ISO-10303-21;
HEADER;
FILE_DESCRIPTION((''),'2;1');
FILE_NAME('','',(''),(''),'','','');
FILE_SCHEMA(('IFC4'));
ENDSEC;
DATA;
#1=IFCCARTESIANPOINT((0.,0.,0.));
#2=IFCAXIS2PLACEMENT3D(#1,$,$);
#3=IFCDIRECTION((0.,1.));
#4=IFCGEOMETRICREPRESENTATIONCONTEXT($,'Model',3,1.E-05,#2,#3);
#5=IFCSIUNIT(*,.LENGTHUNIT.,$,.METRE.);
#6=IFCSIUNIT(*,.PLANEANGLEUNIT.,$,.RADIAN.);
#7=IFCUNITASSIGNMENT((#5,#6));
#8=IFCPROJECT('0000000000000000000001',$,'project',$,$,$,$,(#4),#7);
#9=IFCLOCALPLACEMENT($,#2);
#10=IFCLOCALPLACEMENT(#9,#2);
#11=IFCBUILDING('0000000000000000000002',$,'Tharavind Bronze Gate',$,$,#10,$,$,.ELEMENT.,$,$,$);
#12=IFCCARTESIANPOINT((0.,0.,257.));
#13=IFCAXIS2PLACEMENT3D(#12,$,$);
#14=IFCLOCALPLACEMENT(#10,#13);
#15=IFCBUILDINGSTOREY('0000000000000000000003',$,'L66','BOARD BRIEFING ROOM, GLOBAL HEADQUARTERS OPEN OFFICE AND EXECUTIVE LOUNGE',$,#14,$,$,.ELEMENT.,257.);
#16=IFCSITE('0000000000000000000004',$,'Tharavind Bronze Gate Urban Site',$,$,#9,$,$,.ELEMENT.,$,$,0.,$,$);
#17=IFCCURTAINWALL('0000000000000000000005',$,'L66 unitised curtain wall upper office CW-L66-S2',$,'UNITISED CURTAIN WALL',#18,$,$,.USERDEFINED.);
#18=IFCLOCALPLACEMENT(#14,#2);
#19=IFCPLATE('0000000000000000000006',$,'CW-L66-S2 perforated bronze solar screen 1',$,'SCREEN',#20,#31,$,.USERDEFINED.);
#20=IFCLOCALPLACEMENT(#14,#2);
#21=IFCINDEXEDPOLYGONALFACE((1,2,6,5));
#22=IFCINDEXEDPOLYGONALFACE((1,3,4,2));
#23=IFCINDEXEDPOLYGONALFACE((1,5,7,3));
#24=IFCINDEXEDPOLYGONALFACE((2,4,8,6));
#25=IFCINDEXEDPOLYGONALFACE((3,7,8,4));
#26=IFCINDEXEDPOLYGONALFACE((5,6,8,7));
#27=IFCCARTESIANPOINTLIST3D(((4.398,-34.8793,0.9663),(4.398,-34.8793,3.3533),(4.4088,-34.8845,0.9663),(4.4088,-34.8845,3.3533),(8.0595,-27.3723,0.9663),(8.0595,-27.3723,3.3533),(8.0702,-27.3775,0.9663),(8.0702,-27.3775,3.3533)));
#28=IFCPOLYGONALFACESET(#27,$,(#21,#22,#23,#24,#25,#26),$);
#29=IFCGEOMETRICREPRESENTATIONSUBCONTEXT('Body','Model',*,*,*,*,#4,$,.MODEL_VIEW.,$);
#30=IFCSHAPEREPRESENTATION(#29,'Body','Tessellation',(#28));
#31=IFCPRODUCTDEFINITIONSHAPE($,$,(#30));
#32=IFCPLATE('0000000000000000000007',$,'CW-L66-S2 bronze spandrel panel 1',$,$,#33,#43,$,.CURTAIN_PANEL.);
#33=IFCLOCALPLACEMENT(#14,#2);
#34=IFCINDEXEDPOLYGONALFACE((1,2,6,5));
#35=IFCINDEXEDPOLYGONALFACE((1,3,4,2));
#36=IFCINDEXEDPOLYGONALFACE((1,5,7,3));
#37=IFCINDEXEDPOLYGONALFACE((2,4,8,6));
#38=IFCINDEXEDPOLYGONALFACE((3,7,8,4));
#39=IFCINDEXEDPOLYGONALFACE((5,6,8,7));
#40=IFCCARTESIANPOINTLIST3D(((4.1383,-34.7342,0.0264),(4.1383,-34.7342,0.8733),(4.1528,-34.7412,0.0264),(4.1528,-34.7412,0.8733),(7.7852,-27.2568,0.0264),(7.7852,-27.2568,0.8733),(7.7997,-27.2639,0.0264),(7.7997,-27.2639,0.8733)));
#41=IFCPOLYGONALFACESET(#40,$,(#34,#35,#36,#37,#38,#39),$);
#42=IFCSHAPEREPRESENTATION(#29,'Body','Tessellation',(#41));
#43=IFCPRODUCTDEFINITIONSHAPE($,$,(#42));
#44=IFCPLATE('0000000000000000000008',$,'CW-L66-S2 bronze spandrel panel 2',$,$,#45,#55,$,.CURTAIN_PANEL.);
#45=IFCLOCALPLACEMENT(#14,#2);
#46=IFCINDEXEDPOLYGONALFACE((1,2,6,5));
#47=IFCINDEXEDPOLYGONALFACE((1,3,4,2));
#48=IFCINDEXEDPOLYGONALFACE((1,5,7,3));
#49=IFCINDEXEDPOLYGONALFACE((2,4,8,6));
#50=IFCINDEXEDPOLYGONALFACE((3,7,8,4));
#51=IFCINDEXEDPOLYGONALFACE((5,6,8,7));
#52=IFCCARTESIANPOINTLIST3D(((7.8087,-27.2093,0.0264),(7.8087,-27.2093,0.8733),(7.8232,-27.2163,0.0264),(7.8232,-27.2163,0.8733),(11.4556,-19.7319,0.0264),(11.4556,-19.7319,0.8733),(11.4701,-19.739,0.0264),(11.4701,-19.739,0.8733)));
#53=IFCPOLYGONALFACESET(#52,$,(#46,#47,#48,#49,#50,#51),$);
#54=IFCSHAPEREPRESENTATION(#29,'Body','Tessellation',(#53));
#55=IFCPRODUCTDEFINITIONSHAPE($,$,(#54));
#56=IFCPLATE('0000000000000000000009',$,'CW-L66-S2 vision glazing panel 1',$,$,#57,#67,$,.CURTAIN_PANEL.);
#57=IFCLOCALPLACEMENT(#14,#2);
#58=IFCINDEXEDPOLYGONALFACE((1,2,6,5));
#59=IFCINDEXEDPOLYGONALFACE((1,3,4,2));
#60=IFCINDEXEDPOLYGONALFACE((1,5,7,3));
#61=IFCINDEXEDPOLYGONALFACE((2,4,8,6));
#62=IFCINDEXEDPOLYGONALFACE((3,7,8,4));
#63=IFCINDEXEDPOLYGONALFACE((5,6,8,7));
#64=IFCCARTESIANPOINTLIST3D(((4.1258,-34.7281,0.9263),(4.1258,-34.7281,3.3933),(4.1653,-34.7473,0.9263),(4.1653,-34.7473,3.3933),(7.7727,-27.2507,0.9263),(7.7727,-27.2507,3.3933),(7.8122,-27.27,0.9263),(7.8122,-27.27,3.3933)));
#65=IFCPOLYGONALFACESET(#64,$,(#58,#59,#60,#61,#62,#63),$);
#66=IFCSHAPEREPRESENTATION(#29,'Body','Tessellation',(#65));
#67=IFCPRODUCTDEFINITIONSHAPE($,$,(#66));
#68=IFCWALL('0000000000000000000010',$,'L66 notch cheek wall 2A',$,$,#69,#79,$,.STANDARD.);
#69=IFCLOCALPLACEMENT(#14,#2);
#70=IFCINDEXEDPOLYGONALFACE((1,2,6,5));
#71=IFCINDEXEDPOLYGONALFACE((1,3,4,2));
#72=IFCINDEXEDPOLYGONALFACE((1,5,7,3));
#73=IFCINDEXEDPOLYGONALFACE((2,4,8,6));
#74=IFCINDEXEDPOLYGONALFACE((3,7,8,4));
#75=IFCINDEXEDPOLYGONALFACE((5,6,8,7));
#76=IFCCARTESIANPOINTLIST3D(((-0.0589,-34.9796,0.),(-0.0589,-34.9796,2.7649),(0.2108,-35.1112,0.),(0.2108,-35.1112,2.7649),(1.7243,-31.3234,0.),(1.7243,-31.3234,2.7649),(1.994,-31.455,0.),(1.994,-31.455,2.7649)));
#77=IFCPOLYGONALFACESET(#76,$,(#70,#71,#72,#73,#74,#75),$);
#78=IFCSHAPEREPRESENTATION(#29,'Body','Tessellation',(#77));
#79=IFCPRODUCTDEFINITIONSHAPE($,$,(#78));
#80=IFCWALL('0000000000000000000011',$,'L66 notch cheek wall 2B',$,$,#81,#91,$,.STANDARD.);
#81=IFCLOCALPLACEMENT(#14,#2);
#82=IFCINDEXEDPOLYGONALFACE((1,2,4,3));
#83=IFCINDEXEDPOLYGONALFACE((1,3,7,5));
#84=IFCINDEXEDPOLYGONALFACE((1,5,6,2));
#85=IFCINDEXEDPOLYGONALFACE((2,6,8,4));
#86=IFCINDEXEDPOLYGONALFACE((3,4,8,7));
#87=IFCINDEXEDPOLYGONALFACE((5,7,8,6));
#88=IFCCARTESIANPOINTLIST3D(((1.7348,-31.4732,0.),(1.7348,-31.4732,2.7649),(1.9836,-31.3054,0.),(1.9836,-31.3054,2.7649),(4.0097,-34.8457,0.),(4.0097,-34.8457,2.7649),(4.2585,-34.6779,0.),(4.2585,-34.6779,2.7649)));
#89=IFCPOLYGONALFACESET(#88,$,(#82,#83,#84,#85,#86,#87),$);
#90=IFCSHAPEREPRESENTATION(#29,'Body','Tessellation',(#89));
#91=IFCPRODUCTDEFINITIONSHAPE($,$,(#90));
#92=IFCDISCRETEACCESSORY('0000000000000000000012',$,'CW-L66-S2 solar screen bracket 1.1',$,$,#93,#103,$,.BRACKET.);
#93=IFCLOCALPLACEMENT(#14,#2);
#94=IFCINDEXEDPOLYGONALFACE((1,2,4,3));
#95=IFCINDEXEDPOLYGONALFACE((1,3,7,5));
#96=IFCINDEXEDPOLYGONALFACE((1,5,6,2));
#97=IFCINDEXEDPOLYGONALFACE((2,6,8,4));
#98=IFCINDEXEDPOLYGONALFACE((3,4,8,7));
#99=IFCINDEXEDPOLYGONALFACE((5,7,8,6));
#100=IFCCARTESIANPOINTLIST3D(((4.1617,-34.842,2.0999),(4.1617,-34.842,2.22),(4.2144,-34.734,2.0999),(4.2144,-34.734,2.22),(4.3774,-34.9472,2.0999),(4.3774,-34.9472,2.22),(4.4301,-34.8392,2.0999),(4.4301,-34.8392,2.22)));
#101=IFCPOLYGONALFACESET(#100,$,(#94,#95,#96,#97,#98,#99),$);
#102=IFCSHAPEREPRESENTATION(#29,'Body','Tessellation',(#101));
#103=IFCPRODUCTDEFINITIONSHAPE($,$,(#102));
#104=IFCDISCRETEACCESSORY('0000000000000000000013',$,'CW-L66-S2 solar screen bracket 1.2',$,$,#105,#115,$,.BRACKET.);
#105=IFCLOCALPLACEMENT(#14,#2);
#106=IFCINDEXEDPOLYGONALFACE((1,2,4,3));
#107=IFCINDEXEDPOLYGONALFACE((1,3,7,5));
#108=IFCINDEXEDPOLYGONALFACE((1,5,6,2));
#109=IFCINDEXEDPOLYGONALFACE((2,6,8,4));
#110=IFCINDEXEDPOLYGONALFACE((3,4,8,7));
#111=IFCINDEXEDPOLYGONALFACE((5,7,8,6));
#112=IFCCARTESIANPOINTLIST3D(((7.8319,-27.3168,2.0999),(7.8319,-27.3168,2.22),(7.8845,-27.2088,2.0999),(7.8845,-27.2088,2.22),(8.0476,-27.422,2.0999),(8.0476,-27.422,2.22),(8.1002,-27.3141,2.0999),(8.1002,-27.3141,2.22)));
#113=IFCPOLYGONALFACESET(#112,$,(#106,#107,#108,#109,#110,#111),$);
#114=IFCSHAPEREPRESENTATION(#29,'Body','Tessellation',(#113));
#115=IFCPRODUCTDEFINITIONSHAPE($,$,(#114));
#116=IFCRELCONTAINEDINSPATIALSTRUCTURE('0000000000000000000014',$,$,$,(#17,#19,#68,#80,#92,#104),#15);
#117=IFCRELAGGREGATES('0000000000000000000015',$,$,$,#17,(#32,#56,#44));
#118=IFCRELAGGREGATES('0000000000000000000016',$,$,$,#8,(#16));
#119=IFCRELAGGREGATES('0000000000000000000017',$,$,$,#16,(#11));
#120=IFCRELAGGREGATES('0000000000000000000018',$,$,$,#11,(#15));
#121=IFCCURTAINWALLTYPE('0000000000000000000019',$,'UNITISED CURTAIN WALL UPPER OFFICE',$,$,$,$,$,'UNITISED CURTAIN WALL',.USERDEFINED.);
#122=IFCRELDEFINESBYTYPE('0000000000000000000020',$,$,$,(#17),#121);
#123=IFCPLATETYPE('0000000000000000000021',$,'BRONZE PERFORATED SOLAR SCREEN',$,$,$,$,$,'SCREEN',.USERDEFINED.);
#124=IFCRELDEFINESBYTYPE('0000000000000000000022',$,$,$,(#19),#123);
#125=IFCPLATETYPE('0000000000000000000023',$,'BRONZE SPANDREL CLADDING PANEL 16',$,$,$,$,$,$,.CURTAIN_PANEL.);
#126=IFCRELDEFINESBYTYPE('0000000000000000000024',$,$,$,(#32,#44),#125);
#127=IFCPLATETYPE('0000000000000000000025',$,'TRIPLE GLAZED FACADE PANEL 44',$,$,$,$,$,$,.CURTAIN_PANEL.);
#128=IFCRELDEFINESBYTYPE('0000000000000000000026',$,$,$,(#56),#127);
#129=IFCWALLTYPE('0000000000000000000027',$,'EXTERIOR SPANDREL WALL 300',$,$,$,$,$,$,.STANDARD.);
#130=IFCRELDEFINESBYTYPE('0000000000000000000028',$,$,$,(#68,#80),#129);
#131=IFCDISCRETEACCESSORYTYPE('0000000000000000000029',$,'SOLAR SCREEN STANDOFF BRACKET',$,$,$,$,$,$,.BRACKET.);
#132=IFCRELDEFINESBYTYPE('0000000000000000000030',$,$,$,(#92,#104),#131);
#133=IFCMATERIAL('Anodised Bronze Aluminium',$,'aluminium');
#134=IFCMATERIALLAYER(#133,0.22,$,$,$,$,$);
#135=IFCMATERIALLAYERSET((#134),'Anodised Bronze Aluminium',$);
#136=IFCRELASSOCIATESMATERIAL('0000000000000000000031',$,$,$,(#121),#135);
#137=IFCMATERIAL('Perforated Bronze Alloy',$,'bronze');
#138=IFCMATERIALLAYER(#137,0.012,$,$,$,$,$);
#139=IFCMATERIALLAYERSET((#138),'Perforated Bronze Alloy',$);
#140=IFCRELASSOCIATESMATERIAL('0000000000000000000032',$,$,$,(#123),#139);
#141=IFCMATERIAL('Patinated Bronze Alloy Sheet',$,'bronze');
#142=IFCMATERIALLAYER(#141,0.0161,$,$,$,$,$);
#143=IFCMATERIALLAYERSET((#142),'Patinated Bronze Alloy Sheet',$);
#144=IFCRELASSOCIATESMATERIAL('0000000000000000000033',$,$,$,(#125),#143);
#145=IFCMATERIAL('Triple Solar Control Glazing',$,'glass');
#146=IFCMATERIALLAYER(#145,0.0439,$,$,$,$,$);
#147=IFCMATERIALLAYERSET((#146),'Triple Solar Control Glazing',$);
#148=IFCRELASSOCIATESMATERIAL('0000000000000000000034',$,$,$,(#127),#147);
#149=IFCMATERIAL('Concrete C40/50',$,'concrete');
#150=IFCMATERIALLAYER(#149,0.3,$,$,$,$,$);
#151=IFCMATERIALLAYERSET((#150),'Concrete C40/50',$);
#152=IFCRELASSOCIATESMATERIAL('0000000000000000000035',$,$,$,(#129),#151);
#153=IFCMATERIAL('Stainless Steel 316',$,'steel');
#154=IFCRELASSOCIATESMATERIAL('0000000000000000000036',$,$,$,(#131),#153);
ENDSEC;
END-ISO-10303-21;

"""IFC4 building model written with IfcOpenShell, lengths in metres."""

from ifc_helpers import new_model, si_unit, direction, frame, frame_2d, origin, origin_2d, place, context, subcontext, project, spatial, rectangle, extrude, material, layer, layer_set, type_object, element, aggregate, save


model = new_model("IFC4")

# Units and contexts
model_context = context("Model", 3, precision=1e-05, world=origin(), true_north=direction((0.0, 1.0)))
body_context = subcontext(model_context, "Body", "Model", "MODEL_VIEW")
ifc_project = project(units=[si_unit("LENGTHUNIT", "METRE"), si_unit("PLANEANGLEUNIT", "RADIAN")], contexts=[model_context])

# Site, building, storey
site_placement = place(None, origin())
site = spatial("IfcSite", under=ifc_project, at=site_placement, Name="Tharavind Bronze Gate Urban Site", CompositionType="ELEMENT", RefElevation=0.0)
building_placement = place(site_placement, origin())
building = spatial("IfcBuilding", under=site, at=building_placement, Name="Tharavind Bronze Gate", CompositionType="ELEMENT")
storey_placement = place(building_placement, frame((0.0, 0.0, 257.0)))
storey = spatial("IfcBuildingStorey", under=building, at=storey_placement, Name="L66", Description="BOARD BRIEFING ROOM, GLOBAL HEADQUARTERS OPEN OFFICE AND EXECUTIVE LOUNGE", CompositionType="ELEMENT", Elevation=257.0)

# Shared definitions
ifc_material_1 = material(Name="Anodised Bronze Aluminium", Category="aluminium")
ifc_layer_1 = layer(ifc_material_1, 0.22)
ifc_layer_set_1 = layer_set([ifc_layer_1], Name="Anodised Bronze Aluminium")
curtain_wall_type = type_object("IfcCurtainWallType", Name="UNITISED CURTAIN WALL UPPER OFFICE", ElementType="UNITISED CURTAIN WALL", PredefinedType="USERDEFINED", material=ifc_layer_set_1)

# Curtain wall
curtain_wall_1_placement = place(storey_placement, origin())
curtain_wall_1 = element("IfcCurtainWall", 1, at=curtain_wall_1_placement, inside=storey, type_object=curtain_wall_type, Name="L66 unitised curtain wall upper office CW-L66-S2", ObjectType="UNITISED CURTAIN WALL", PredefinedType="USERDEFINED")

# Plates
ifc_material_2 = material(Name="Perforated Bronze Alloy", Category="bronze")
ifc_layer_2 = layer(ifc_material_2, 0.012)
ifc_layer_set_2 = layer_set([ifc_layer_2], Name="Perforated Bronze Alloy")
plate_type_1 = type_object("IfcPlateType", Name="BRONZE PERFORATED SOLAR SCREEN", ElementType="SCREEN", PredefinedType="USERDEFINED", material=ifc_layer_set_2)
plate_1_placement = place(storey_placement, frame((6.2341, -31.1284, 0.9663), z_axis=(0.0, 0.0, 1.0), x_axis=(0.438373, 0.898793, 0.0)))
element("IfcPlate", 2, at=plate_1_placement, inside=storey, type_object=plate_type_1, Name="CW-L66-S2 perforated bronze solar screen 1", ObjectType="SCREEN", PredefinedType="USERDEFINED", context=body_context, shape_type="SweptSolid", body=[
    extrude(rectangle(XDim=8.3523, YDim=0.012, at=origin_2d()), origin(), (0.0, 0.0, 1.0), 2.387),
])
ifc_material_3 = material(Name="Patinated Bronze Alloy Sheet", Category="bronze")
ifc_layer_3 = layer(ifc_material_3, 0.0161)
ifc_layer_set_3 = layer_set([ifc_layer_3], Name="Patinated Bronze Alloy Sheet")
plate_type_2 = type_object("IfcPlateType", Name="BRONZE SPANDREL CLADDING PANEL 16", PredefinedType="CURTAIN_PANEL", material=ifc_layer_set_3)
plate_2_placement = place(storey_placement, frame((5.969, -30.999, 0.0264), z_axis=(0.0, 0.0, 1.0), x_axis=(0.438373, 0.898793, 0.0)))
plate_2 = element("IfcPlate", 3, at=plate_2_placement, type_object=plate_type_2, Name="CW-L66-S2 bronze spandrel panel 1", PredefinedType="CURTAIN_PANEL", context=body_context, shape_type="SweptSolid", body=[
    extrude(rectangle(XDim=8.3193, YDim=0.0161, at=origin_2d()), origin(), (0.0, 0.0, 1.0), 0.8469),
])
plate_3_placement = place(storey_placement, frame((9.6394, -23.4741, 0.0264), z_axis=(0.0, 0.0, 1.0), x_axis=(0.438373, 0.898793, 0.0)))
plate_3 = element("IfcPlate", 4, at=plate_3_placement, type_object=plate_type_2, Name="CW-L66-S2 bronze spandrel panel 2", PredefinedType="CURTAIN_PANEL", context=body_context, shape_type="SweptSolid", body=[
    extrude(rectangle(XDim=8.3193, YDim=0.0161, at=origin_2d()), origin(), (0.0, 0.0, 1.0), 0.8469),
])
ifc_material_4 = material(Name="Triple Solar Control Glazing", Category="glass")
ifc_layer_4 = layer(ifc_material_4, 0.0439)
ifc_layer_set_4 = layer_set([ifc_layer_4], Name="Triple Solar Control Glazing")
plate_type_3 = type_object("IfcPlateType", Name="TRIPLE GLAZED FACADE PANEL 44", PredefinedType="CURTAIN_PANEL", material=ifc_layer_set_4)
plate_4_placement = place(storey_placement, frame((5.969, -30.999, 0.9263), z_axis=(0.0, 0.0, 1.0), x_axis=(0.438373, 0.898793, 0.0)))
plate_4 = element("IfcPlate", 5, at=plate_4_placement, type_object=plate_type_3, Name="CW-L66-S2 vision glazing panel 1", PredefinedType="CURTAIN_PANEL", context=body_context, shape_type="SweptSolid", body=[
    extrude(rectangle(XDim=8.3193, YDim=0.0439, at=origin_2d()), origin(), (0.0, 0.0, 1.0), 2.467),
])
aggregate(curtain_wall_1, [plate_2, plate_4, plate_3])

# Walls
ifc_material_5 = material(Name="Concrete C40/50", Category="concrete")
ifc_layer_5 = layer(ifc_material_5, 0.3)
ifc_layer_set_5 = layer_set([ifc_layer_5], Name="Concrete C40/50")
wall_type = type_object("IfcWallType", Name="EXTERIOR SPANDREL WALL 300", PredefinedType="STANDARD", material=ifc_layer_set_5)
wall_1_placement = place(storey_placement, frame((0.0759, -35.0454, 0.0), z_axis=(0.0, 0.0, 1.0), x_axis=(0.438357, 0.898801, 0.0)))
element("IfcWall", 6, at=wall_1_placement, inside=storey, type_object=wall_type, Name="L66 notch cheek wall 2A", PredefinedType="STANDARD", context=body_context, shape_type="SweptSolid", body=[
    extrude(rectangle(XDim=4.0679, YDim=0.3, at=frame_2d((2.0339, 0.0))), origin(), (0.0, 0.0, 1.0), 2.7649),
])
wall_2_placement = place(storey_placement, frame((1.8591, -31.3892, 0.0), z_axis=(0.0, 0.0, 1.0), x_axis=(0.559207, -0.829028, 0.0)))
element("IfcWall", 7, at=wall_2_placement, inside=storey, type_object=wall_type, Name="L66 notch cheek wall 2B", PredefinedType="STANDARD", context=body_context, shape_type="SweptSolid", body=[
    extrude(rectangle(XDim=4.0681, YDim=0.3, at=frame_2d((2.0342, 0.0))), origin(), (0.0, 0.0, 1.0), 2.7649),
])

# Discrete accessories
ifc_material_6 = material(Name="Stainless Steel 316", Category="steel")
discrete_accessory_type = type_object("IfcDiscreteAccessoryType", Name="SOLAR SCREEN STANDOFF BRACKET", PredefinedType="BRACKET", material=ifc_material_6)
for number, where, z_axis, x_axis, name in (
    (8, (4.2959, -34.8406, 2.0999), (0.0, 0.0, 1.0), (0.438373, 0.898793, 0.0), "CW-L66-S2 solar screen bracket 1.1"),
    (9, (7.9661, -27.3154, 2.0999), (0.0, 0.0, 1.0), (0.438373, 0.898793, 0.0), "CW-L66-S2 solar screen bracket 1.2"),
):
    element("IfcDiscreteAccessory", number, at=place(storey_placement, frame(where, z_axis=z_axis, x_axis=x_axis)), inside=storey, type_object=discrete_accessory_type, Name=name, PredefinedType="BRACKET", context=body_context, shape_type="SweptSolid", body=[
        extrude(rectangle(XDim=0.1201, YDim=0.24, at=origin_2d()), origin(), (0.0, 0.0, 1.0), 0.1201),
    ])

save(model, "model.ifc")
